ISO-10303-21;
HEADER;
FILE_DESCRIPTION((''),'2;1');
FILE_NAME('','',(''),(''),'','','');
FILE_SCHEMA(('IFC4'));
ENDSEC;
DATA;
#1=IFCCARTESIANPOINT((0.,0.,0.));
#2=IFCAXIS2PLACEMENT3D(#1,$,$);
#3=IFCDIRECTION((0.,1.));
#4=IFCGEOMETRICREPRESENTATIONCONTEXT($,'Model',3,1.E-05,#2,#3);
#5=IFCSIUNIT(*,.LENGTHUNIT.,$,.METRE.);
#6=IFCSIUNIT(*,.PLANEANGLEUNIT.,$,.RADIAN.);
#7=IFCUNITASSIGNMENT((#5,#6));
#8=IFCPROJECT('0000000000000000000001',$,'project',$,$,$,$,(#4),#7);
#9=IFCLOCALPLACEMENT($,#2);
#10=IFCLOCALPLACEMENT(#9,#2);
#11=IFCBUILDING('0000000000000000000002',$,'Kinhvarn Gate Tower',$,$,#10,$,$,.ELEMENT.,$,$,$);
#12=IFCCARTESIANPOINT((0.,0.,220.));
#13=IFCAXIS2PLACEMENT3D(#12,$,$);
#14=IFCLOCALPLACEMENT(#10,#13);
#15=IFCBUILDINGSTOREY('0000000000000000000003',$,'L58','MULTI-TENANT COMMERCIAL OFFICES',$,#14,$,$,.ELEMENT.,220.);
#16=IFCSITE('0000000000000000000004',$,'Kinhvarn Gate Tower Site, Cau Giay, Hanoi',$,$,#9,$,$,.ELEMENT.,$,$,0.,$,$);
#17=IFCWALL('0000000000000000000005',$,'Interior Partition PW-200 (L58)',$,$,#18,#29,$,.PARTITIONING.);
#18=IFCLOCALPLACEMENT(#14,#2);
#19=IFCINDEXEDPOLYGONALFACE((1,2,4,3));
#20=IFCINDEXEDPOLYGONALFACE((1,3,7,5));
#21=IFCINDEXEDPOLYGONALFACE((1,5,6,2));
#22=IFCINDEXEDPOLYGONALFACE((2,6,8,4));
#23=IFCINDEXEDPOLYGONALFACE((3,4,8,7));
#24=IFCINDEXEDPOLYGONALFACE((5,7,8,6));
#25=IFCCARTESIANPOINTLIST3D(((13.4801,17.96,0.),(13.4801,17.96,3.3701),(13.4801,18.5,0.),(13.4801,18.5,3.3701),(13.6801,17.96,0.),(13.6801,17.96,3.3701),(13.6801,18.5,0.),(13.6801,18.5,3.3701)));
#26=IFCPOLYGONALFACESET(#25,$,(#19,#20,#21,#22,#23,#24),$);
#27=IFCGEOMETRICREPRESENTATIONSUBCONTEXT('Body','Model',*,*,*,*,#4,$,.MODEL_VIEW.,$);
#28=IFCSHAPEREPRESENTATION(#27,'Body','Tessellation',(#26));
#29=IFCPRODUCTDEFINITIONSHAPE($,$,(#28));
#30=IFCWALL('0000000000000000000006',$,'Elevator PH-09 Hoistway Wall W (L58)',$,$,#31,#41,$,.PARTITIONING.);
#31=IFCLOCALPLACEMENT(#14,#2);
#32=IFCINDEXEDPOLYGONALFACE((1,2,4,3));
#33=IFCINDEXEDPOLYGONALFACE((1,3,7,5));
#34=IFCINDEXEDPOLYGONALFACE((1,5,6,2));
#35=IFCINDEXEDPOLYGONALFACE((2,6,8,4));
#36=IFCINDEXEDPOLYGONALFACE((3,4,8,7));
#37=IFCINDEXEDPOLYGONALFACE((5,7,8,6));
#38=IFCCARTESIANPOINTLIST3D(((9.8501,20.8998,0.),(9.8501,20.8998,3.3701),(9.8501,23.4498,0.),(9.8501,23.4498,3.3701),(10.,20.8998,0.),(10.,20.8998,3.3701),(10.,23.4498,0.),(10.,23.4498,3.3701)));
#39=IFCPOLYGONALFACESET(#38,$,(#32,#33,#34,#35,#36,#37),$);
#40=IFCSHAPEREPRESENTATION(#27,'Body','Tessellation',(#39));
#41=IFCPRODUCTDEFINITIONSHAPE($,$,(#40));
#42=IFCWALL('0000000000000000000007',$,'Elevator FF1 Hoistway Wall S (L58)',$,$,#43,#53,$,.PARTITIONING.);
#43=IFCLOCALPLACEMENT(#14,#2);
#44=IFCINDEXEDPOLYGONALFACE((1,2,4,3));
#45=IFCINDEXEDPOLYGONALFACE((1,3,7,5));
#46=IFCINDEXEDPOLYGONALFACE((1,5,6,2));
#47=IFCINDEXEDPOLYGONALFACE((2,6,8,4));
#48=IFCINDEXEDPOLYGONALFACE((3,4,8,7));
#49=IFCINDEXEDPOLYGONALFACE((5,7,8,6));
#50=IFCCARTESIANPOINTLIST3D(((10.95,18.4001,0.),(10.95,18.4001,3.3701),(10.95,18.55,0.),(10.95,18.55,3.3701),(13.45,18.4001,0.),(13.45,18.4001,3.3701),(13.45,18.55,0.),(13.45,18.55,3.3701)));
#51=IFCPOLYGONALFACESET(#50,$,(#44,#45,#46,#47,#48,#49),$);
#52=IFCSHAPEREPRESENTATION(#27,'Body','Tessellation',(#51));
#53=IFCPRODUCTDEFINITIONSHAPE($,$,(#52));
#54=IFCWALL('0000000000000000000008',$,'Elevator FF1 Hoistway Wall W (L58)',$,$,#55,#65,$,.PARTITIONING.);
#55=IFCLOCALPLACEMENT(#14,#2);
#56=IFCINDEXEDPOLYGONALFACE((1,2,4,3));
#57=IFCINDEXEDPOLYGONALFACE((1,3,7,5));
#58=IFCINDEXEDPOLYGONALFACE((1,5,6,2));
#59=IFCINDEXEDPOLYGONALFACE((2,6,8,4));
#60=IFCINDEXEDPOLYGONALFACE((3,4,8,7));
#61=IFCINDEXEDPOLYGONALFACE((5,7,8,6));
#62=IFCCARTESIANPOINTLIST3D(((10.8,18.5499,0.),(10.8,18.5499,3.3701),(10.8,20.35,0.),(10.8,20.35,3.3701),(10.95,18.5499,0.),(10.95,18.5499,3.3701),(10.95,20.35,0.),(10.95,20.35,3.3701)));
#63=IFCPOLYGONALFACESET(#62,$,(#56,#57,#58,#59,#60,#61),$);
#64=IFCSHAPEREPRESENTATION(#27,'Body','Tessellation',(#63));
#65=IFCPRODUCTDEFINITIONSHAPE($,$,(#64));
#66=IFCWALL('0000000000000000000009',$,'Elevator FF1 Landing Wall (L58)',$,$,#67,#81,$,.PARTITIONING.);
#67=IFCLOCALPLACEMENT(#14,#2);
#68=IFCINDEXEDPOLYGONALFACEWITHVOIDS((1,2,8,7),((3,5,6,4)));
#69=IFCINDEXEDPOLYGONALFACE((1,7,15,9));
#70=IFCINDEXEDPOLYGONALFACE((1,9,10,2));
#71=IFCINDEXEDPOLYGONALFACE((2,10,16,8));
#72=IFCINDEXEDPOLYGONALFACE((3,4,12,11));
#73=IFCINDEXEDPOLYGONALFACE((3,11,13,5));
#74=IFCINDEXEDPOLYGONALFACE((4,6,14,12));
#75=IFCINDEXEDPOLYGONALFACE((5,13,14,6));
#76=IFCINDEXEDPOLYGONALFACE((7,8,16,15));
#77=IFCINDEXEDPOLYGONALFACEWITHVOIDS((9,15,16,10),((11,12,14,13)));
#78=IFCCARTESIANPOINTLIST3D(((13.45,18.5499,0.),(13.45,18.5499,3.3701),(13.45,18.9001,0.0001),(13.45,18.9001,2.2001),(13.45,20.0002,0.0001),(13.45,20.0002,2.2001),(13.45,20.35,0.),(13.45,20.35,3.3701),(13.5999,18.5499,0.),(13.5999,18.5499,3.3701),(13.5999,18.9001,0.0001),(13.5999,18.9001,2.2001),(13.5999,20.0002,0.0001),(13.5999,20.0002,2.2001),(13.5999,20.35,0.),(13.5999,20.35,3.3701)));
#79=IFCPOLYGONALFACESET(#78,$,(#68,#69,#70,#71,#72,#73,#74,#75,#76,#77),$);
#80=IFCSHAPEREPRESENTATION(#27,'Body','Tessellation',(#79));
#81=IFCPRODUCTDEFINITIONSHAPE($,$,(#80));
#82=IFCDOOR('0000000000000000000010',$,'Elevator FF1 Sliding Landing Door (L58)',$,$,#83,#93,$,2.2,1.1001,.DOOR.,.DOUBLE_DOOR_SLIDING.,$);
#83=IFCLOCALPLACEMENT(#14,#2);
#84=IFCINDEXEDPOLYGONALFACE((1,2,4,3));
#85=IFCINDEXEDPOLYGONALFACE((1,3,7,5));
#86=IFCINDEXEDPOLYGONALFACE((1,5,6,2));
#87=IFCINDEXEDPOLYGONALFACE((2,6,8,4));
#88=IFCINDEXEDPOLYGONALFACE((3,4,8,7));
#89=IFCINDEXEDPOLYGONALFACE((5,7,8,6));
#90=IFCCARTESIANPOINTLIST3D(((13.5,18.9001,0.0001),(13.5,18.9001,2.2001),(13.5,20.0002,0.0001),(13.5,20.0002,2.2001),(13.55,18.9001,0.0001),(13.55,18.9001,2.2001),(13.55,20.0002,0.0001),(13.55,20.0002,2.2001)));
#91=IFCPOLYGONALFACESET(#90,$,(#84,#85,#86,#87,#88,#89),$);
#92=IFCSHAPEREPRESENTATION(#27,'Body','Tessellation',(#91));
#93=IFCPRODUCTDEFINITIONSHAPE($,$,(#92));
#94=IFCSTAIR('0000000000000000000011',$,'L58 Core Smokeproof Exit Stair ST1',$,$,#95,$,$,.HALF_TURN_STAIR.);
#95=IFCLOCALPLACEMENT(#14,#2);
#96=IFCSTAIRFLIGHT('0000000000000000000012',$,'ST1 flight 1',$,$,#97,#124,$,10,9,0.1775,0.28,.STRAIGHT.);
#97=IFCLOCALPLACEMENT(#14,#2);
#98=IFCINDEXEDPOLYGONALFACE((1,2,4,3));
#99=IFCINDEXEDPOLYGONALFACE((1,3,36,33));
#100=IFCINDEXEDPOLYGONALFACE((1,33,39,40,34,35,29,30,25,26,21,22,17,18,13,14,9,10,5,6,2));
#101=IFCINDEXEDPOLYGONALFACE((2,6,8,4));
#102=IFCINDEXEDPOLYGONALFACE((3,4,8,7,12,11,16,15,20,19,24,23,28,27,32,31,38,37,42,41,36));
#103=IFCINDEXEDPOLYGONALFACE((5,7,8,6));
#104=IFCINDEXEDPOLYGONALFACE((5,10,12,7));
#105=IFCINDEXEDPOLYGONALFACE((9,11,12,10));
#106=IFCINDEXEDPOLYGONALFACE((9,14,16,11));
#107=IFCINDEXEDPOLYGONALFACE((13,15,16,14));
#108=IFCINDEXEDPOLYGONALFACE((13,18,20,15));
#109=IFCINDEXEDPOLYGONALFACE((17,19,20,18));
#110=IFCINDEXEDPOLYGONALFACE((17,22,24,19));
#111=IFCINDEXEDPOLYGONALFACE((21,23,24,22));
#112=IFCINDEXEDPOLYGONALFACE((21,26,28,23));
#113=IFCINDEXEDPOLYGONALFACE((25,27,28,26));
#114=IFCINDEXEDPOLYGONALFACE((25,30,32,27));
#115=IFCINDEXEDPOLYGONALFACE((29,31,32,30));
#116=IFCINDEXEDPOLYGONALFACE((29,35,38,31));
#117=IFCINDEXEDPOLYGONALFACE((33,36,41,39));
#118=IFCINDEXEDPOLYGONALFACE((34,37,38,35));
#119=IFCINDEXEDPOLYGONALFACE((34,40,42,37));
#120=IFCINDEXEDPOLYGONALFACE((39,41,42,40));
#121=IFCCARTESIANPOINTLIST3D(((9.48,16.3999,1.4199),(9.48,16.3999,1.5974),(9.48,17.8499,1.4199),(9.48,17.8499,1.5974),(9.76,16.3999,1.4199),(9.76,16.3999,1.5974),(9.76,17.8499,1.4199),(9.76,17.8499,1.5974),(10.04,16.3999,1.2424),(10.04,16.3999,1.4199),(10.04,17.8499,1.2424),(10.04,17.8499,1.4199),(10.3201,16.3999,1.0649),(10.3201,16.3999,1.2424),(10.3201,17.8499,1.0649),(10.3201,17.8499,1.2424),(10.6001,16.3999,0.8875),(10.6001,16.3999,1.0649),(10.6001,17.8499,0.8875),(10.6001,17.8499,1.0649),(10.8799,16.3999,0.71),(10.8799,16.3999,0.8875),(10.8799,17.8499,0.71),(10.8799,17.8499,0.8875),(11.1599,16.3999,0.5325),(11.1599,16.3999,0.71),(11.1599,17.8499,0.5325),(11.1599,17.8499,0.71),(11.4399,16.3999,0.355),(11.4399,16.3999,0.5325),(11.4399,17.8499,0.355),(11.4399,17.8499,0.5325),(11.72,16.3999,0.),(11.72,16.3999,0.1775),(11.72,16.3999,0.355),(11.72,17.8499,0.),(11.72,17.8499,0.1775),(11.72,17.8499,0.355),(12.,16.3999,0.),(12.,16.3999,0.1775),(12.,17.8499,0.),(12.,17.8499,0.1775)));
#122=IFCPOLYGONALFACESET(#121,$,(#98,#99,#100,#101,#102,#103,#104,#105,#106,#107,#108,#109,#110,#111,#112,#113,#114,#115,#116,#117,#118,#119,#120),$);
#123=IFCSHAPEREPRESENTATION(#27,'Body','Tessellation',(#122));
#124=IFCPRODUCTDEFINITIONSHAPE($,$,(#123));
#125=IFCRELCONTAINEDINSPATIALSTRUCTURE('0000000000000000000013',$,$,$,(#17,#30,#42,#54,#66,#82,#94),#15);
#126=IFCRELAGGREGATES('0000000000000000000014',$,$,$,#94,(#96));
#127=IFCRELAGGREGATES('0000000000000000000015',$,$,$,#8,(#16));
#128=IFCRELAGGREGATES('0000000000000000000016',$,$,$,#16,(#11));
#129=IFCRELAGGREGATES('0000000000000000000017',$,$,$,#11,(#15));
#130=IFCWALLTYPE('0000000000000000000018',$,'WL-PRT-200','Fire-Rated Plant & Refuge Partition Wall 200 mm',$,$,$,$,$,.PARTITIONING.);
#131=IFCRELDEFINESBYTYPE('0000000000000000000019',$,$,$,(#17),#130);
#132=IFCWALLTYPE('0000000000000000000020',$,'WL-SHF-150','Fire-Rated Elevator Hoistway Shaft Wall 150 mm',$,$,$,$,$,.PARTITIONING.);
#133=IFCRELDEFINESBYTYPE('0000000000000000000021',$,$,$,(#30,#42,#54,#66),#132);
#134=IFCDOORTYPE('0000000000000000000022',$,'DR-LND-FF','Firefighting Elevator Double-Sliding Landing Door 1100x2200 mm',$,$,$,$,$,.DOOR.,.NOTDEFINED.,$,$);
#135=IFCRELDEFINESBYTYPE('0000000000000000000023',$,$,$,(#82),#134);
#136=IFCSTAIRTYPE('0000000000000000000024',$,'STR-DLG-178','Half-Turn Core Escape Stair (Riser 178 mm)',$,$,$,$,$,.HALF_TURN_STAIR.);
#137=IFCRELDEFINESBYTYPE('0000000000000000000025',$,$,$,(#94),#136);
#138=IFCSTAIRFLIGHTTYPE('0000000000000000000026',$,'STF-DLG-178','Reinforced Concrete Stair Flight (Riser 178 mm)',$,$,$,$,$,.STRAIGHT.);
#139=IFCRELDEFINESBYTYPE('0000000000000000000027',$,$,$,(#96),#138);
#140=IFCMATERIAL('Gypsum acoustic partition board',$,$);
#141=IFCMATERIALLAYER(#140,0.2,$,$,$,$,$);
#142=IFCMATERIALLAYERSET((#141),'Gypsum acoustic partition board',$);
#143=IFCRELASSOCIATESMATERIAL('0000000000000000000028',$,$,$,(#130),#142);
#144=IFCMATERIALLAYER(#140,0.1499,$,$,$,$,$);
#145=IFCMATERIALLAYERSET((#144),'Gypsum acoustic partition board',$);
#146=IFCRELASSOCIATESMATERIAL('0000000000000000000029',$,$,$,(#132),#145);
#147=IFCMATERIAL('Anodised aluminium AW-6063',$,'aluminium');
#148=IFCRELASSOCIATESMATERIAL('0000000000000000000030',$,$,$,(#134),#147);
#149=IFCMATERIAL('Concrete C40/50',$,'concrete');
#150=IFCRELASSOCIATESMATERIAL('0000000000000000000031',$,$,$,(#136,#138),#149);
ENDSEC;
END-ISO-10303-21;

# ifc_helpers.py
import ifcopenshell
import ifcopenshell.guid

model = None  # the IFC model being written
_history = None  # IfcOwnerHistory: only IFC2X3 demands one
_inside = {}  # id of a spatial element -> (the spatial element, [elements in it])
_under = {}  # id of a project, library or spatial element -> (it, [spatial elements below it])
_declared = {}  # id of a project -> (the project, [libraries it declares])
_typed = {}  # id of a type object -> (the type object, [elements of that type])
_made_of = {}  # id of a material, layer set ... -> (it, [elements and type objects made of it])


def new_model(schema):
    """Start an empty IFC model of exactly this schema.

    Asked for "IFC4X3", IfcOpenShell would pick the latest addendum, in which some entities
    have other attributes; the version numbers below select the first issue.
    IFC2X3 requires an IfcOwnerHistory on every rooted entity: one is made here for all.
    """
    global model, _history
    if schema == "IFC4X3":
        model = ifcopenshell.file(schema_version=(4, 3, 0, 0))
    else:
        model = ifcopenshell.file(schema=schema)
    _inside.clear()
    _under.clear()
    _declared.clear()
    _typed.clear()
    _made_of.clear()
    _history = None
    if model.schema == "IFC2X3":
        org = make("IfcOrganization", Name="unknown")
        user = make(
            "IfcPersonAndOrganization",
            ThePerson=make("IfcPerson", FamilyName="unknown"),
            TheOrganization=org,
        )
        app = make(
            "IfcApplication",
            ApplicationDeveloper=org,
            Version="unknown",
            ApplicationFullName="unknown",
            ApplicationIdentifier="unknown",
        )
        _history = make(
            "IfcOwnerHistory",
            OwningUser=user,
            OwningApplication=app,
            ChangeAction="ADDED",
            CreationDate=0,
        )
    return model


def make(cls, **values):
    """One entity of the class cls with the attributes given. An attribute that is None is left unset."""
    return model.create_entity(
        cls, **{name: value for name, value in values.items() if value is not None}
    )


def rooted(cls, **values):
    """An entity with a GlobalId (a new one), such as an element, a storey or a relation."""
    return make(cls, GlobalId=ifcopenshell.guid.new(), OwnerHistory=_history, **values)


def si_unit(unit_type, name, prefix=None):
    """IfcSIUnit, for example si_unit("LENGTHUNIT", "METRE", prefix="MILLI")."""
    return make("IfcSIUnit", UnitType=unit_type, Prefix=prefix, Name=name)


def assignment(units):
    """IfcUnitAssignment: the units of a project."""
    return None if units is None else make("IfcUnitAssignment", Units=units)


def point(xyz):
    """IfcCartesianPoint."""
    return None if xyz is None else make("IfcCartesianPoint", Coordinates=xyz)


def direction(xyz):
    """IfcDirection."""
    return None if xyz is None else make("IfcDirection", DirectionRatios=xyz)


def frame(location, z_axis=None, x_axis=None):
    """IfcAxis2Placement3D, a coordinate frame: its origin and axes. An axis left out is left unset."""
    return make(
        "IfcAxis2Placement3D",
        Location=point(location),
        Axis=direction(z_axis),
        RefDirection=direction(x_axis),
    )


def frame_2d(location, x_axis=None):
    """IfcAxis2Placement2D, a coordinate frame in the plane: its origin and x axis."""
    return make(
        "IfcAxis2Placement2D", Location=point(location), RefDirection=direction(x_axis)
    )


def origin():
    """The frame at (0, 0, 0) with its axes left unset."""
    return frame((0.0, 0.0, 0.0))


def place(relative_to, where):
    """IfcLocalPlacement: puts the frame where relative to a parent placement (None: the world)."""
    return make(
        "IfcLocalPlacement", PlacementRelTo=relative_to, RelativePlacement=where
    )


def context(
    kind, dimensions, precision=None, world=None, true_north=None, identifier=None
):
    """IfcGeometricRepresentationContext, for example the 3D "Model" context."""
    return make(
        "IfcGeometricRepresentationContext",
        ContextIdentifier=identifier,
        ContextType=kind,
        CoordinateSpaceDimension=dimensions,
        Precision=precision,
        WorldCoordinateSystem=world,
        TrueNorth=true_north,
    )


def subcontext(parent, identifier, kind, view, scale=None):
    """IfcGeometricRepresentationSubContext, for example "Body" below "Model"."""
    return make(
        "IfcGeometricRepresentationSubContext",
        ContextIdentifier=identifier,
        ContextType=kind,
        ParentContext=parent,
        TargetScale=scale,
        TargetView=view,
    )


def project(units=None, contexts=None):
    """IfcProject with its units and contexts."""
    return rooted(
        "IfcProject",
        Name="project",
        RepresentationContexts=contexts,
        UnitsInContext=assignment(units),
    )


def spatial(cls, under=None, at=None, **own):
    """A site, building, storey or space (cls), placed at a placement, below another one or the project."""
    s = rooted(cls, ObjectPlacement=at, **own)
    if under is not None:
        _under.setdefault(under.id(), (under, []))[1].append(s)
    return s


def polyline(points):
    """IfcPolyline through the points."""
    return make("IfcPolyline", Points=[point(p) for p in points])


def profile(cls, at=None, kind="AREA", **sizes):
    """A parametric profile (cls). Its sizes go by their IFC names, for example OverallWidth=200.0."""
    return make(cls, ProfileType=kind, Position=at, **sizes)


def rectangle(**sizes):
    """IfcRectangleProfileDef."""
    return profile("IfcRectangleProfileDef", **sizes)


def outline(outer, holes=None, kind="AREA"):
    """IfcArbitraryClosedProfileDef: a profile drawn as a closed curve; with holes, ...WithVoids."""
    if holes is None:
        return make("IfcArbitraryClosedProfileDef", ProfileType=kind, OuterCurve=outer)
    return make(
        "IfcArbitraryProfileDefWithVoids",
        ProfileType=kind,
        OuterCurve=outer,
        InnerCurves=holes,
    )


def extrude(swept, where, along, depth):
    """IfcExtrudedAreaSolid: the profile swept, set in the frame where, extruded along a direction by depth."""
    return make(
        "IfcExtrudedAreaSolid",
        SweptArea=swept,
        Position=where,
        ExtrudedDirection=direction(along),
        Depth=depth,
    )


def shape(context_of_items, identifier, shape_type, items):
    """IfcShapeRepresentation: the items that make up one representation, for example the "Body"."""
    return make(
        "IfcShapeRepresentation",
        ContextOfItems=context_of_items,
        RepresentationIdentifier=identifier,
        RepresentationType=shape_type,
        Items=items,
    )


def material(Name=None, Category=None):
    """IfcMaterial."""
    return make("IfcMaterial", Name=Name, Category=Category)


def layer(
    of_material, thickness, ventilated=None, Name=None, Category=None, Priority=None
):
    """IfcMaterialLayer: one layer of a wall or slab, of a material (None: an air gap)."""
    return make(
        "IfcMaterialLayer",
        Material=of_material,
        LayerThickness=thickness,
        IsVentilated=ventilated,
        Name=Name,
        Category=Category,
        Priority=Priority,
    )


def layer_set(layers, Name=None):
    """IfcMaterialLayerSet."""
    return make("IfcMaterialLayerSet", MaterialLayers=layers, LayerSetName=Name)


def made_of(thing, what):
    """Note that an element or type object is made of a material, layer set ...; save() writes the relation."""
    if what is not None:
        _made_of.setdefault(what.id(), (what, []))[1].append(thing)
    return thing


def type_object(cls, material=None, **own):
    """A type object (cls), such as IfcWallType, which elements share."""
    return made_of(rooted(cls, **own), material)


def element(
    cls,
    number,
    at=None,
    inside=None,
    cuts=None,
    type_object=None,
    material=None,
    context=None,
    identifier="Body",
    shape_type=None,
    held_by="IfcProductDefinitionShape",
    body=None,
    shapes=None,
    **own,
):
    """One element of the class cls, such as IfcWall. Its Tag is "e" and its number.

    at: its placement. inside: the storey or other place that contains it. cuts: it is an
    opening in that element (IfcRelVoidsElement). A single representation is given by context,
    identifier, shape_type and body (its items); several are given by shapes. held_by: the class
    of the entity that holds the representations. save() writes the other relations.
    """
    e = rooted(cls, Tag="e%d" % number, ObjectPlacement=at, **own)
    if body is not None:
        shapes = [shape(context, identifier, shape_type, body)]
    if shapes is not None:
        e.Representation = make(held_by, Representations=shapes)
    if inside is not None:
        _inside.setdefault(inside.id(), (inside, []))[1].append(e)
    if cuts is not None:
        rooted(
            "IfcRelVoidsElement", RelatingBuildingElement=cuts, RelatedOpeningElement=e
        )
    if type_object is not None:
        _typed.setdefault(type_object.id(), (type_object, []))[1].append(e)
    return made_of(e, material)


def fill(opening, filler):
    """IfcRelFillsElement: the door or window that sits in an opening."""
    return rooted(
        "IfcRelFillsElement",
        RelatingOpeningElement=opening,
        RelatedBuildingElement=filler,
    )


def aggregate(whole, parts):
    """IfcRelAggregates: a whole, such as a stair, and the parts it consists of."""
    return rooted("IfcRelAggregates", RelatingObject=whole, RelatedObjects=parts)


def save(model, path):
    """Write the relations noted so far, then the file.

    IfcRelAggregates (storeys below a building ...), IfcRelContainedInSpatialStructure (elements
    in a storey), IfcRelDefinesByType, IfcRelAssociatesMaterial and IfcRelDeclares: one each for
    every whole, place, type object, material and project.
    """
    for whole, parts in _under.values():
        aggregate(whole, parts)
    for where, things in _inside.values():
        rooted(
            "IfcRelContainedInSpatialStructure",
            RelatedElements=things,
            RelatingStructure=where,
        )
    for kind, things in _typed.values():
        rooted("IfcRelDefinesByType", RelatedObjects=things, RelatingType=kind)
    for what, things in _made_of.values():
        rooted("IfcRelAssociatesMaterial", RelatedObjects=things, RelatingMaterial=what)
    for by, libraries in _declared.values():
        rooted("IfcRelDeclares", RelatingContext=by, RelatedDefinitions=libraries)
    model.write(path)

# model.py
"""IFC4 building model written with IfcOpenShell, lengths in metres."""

from ifc_helpers import new_model, si_unit, direction, frame, frame_2d, origin, place, context, subcontext, project, spatial, polyline, rectangle, outline, extrude, material, layer, layer_set, type_object, element, fill, aggregate, save


model = new_model("IFC4")

# Units and contexts
model_context = context("Model", 3, precision=1e-05, world=origin(), true_north=direction((0.0, 1.0)))
body_context = subcontext(model_context, "Body", "Model", "MODEL_VIEW")
ifc_project = project(units=[si_unit("LENGTHUNIT", "METRE"), si_unit("PLANEANGLEUNIT", "RADIAN")], contexts=[model_context])

# Site, building, storey
site_placement = place(None, origin())
site = spatial("IfcSite", under=ifc_project, at=site_placement, Name="Kinhvarn Gate Tower Site, Cau Giay, Hanoi", CompositionType="ELEMENT", RefElevation=0.0)
building_placement = place(site_placement, origin())
building = spatial("IfcBuilding", under=site, at=building_placement, Name="Kinhvarn Gate Tower", CompositionType="ELEMENT")
storey_placement = place(building_placement, frame((0.0, 0.0, 220.0)))
storey = spatial("IfcBuildingStorey", under=building, at=storey_placement, Name="L58", Description="MULTI-TENANT COMMERCIAL OFFICES", CompositionType="ELEMENT", Elevation=220.0)

# Shared definitions
ifc_material_1 = material(Name="Anodised aluminium AW-6063", Category="aluminium")

# Shared definitions
ifc_material_2 = material(Name="Gypsum acoustic partition board")

# Walls
ifc_layer_1 = layer(ifc_material_2, 0.2)
ifc_layer_set_1 = layer_set([ifc_layer_1], Name="Gypsum acoustic partition board")
wall_type_1 = type_object("IfcWallType", Name="WL-PRT-200", Description="Fire-Rated Plant & Refuge Partition Wall 200 mm", PredefinedType="PARTITIONING", material=ifc_layer_set_1)
wall_1_placement = place(storey_placement, frame((13.5801, 17.96, 0.0), z_axis=(0.0, 0.0, 1.0), x_axis=(0.0, 1.0, 0.0)))
element("IfcWall", 1, at=wall_1_placement, inside=storey, type_object=wall_type_1, Name="Interior Partition PW-200 (L58)", PredefinedType="PARTITIONING", context=body_context, shape_type="SweptSolid", body=[
    extrude(rectangle(XDim=0.54, YDim=0.2, at=frame_2d((0.27, 0.0))), origin(), (0.0, 0.0, 1.0), 3.3701),
])
ifc_layer_2 = layer(ifc_material_2, 0.1499)
ifc_layer_set_2 = layer_set([ifc_layer_2], Name="Gypsum acoustic partition board")
wall_type_2 = type_object("IfcWallType", Name="WL-SHF-150", Description="Fire-Rated Elevator Hoistway Shaft Wall 150 mm", PredefinedType="PARTITIONING", material=ifc_layer_set_2)
wall_2_placement = place(storey_placement, frame((9.925, 20.8999, 0.0), z_axis=(0.0, 0.0, 1.0), x_axis=(0.0, 1.0, 0.0)))
element("IfcWall", 2, at=wall_2_placement, inside=storey, type_object=wall_type_2, Name="Elevator PH-09 Hoistway Wall W (L58)", PredefinedType="PARTITIONING", context=body_context, shape_type="SweptSolid", body=[
    extrude(rectangle(XDim=2.55, YDim=0.1499, at=frame_2d((1.2749, 0.0))), origin(), (0.0, 0.0, 1.0), 3.3701),
])
wall_3_placement = place(storey_placement, frame((10.95, 18.4751, 0.0), z_axis=(0.0, 0.0, 1.0), x_axis=(1.0, 0.0, 0.0)))
element("IfcWall", 3, at=wall_3_placement, inside=storey, type_object=wall_type_2, Name="Elevator FF1 Hoistway Wall S (L58)", PredefinedType="PARTITIONING", context=body_context, shape_type="SweptSolid", body=[
    extrude(rectangle(XDim=2.5, YDim=0.1499, at=frame_2d((1.25, 0.0))), origin(), (0.0, 0.0, 1.0), 3.3701),
])
wall_4_placement = place(storey_placement, frame((10.875, 18.55, 0.0), z_axis=(0.0, 0.0, 1.0), x_axis=(0.0, 1.0, 0.0)))
element("IfcWall", 4, at=wall_4_placement, inside=storey, type_object=wall_type_2, Name="Elevator FF1 Hoistway Wall W (L58)", PredefinedType="PARTITIONING", context=body_context, shape_type="SweptSolid", body=[
    extrude(rectangle(XDim=1.8, YDim=0.1499, at=frame_2d((0.8999, 0.0))), origin(), (0.0, 0.0, 1.0), 3.3701),
])

# Wall, opening, door
wall_5_placement = place(storey_placement, frame((13.5249, 18.55, 0.0), z_axis=(0.0, 0.0, 1.0), x_axis=(0.0, 1.0, 0.0)))
wall_5 = element("IfcWall", 5, at=wall_5_placement, inside=storey, type_object=wall_type_2, Name="Elevator FF1 Landing Wall (L58)", PredefinedType="PARTITIONING", context=body_context, shape_type="SweptSolid", body=[
    extrude(rectangle(XDim=1.8, YDim=0.1499, at=frame_2d((0.8999, 0.0))), origin(), (0.0, 0.0, 1.0), 3.3701),
])
opening_1_placement = place(wall_5_placement, frame((0.3501, 0.0, 0.0)))
opening_1 = element("IfcOpeningElement", 6, at=opening_1_placement, cuts=wall_5, PredefinedType="OPENING", context=body_context, shape_type="SweptSolid", body=[
    extrude(rectangle(XDim=1.1001, YDim=2.2, at=frame_2d((0.55, 1.1001))), frame((0.0, 0.085, 0.0), z_axis=(0.0, -1.0, 0.0), x_axis=(1.0, 0.0, 0.0)), (0.0, 0.0, 1.0), 0.1699),
])
door_type_1 = type_object("IfcDoorType", Name="DR-LND-FF", Description="Firefighting Elevator Double-Sliding Landing Door 1100x2200 mm", OperationType="NOTDEFINED", PredefinedType="DOOR", material=ifc_material_1)
door_1_placement = place(opening_1_placement, origin())
door_1 = element("IfcDoor", 7, at=door_1_placement, inside=storey, type_object=door_type_1, Name="Elevator FF1 Sliding Landing Door (L58)", OperationType="DOUBLE_DOOR_SLIDING", OverallHeight=2.2, OverallWidth=1.1001, PredefinedType="DOOR", context=body_context, shape_type="SweptSolid", body=[
    extrude(rectangle(XDim=1.1001, YDim=2.2, at=frame_2d((0.55, 1.1001))), frame((0.0, 0.0249, 0.0), z_axis=(0.0, -1.0, 0.0), x_axis=(1.0, 0.0, 0.0)), (0.0, 0.0, 1.0), 0.05),
])
fill(opening_1, door_1)
ifc_material_3 = material(Name="Concrete C40/50", Category="concrete")

# Stair, stair flight
stair_type = type_object("IfcStairType", Name="STR-DLG-178", Description="Half-Turn Core Escape Stair (Riser 178 mm)", PredefinedType="HALF_TURN_STAIR", material=ifc_material_3)
stair_placement = place(storey_placement, origin())
stair = element("IfcStair", 8, at=stair_placement, inside=storey, type_object=stair_type, Name="L58 Core Smokeproof Exit Stair ST1", PredefinedType="HALF_TURN_STAIR")
stair_flight_type = type_object("IfcStairFlightType", Name="STF-DLG-178", Description="Reinforced Concrete Stair Flight (Riser 178 mm)", PredefinedType="STRAIGHT", material=ifc_material_3)
stair_flight_placement = place(storey_placement, frame((12.0, 17.125, 0.0), z_axis=(0.0, 0.0, 1.0), x_axis=(-1.0, 0.0, 0.0)))
stair_flight = element("IfcStairFlight", 9, at=stair_flight_placement, type_object=stair_flight_type, Name="ST1 flight 1", NumberOfRisers=10, NumberOfTreads=9, PredefinedType="STRAIGHT", RiserHeight=0.1775, TreadLength=0.28, context=body_context, shape_type="SweptSolid", body=[
    extrude(outline(polyline([(0.0, 0.0), (0.0, 0.1775), (0.28, 0.1775), (0.28, 0.355), (0.5601, 0.355), (0.5601, 0.5325), (0.8401, 0.5325), (0.8401, 0.71), (1.1201, 0.71), (1.1201, 0.8875), (1.3999, 0.8875), (1.3999, 1.0649), (1.6799, 1.0649), (1.6799, 1.2424), (1.96, 1.2424), (1.96, 1.4199), (2.24, 1.4199), (2.24, 1.5974), (2.52, 1.5974), (2.52, 1.7749), (2.52, 1.4199), (0.28, 0.0), (0.0, 0.0)])), frame((0.0, 0.7251, 0.0), z_axis=(0.0, -1.0, 0.0), x_axis=(1.0, 0.0, 0.0)), (0.0, 0.0, 1.0), 1.45),
])
aggregate(stair, [stair_flight])

save(model, "model.ifc")
